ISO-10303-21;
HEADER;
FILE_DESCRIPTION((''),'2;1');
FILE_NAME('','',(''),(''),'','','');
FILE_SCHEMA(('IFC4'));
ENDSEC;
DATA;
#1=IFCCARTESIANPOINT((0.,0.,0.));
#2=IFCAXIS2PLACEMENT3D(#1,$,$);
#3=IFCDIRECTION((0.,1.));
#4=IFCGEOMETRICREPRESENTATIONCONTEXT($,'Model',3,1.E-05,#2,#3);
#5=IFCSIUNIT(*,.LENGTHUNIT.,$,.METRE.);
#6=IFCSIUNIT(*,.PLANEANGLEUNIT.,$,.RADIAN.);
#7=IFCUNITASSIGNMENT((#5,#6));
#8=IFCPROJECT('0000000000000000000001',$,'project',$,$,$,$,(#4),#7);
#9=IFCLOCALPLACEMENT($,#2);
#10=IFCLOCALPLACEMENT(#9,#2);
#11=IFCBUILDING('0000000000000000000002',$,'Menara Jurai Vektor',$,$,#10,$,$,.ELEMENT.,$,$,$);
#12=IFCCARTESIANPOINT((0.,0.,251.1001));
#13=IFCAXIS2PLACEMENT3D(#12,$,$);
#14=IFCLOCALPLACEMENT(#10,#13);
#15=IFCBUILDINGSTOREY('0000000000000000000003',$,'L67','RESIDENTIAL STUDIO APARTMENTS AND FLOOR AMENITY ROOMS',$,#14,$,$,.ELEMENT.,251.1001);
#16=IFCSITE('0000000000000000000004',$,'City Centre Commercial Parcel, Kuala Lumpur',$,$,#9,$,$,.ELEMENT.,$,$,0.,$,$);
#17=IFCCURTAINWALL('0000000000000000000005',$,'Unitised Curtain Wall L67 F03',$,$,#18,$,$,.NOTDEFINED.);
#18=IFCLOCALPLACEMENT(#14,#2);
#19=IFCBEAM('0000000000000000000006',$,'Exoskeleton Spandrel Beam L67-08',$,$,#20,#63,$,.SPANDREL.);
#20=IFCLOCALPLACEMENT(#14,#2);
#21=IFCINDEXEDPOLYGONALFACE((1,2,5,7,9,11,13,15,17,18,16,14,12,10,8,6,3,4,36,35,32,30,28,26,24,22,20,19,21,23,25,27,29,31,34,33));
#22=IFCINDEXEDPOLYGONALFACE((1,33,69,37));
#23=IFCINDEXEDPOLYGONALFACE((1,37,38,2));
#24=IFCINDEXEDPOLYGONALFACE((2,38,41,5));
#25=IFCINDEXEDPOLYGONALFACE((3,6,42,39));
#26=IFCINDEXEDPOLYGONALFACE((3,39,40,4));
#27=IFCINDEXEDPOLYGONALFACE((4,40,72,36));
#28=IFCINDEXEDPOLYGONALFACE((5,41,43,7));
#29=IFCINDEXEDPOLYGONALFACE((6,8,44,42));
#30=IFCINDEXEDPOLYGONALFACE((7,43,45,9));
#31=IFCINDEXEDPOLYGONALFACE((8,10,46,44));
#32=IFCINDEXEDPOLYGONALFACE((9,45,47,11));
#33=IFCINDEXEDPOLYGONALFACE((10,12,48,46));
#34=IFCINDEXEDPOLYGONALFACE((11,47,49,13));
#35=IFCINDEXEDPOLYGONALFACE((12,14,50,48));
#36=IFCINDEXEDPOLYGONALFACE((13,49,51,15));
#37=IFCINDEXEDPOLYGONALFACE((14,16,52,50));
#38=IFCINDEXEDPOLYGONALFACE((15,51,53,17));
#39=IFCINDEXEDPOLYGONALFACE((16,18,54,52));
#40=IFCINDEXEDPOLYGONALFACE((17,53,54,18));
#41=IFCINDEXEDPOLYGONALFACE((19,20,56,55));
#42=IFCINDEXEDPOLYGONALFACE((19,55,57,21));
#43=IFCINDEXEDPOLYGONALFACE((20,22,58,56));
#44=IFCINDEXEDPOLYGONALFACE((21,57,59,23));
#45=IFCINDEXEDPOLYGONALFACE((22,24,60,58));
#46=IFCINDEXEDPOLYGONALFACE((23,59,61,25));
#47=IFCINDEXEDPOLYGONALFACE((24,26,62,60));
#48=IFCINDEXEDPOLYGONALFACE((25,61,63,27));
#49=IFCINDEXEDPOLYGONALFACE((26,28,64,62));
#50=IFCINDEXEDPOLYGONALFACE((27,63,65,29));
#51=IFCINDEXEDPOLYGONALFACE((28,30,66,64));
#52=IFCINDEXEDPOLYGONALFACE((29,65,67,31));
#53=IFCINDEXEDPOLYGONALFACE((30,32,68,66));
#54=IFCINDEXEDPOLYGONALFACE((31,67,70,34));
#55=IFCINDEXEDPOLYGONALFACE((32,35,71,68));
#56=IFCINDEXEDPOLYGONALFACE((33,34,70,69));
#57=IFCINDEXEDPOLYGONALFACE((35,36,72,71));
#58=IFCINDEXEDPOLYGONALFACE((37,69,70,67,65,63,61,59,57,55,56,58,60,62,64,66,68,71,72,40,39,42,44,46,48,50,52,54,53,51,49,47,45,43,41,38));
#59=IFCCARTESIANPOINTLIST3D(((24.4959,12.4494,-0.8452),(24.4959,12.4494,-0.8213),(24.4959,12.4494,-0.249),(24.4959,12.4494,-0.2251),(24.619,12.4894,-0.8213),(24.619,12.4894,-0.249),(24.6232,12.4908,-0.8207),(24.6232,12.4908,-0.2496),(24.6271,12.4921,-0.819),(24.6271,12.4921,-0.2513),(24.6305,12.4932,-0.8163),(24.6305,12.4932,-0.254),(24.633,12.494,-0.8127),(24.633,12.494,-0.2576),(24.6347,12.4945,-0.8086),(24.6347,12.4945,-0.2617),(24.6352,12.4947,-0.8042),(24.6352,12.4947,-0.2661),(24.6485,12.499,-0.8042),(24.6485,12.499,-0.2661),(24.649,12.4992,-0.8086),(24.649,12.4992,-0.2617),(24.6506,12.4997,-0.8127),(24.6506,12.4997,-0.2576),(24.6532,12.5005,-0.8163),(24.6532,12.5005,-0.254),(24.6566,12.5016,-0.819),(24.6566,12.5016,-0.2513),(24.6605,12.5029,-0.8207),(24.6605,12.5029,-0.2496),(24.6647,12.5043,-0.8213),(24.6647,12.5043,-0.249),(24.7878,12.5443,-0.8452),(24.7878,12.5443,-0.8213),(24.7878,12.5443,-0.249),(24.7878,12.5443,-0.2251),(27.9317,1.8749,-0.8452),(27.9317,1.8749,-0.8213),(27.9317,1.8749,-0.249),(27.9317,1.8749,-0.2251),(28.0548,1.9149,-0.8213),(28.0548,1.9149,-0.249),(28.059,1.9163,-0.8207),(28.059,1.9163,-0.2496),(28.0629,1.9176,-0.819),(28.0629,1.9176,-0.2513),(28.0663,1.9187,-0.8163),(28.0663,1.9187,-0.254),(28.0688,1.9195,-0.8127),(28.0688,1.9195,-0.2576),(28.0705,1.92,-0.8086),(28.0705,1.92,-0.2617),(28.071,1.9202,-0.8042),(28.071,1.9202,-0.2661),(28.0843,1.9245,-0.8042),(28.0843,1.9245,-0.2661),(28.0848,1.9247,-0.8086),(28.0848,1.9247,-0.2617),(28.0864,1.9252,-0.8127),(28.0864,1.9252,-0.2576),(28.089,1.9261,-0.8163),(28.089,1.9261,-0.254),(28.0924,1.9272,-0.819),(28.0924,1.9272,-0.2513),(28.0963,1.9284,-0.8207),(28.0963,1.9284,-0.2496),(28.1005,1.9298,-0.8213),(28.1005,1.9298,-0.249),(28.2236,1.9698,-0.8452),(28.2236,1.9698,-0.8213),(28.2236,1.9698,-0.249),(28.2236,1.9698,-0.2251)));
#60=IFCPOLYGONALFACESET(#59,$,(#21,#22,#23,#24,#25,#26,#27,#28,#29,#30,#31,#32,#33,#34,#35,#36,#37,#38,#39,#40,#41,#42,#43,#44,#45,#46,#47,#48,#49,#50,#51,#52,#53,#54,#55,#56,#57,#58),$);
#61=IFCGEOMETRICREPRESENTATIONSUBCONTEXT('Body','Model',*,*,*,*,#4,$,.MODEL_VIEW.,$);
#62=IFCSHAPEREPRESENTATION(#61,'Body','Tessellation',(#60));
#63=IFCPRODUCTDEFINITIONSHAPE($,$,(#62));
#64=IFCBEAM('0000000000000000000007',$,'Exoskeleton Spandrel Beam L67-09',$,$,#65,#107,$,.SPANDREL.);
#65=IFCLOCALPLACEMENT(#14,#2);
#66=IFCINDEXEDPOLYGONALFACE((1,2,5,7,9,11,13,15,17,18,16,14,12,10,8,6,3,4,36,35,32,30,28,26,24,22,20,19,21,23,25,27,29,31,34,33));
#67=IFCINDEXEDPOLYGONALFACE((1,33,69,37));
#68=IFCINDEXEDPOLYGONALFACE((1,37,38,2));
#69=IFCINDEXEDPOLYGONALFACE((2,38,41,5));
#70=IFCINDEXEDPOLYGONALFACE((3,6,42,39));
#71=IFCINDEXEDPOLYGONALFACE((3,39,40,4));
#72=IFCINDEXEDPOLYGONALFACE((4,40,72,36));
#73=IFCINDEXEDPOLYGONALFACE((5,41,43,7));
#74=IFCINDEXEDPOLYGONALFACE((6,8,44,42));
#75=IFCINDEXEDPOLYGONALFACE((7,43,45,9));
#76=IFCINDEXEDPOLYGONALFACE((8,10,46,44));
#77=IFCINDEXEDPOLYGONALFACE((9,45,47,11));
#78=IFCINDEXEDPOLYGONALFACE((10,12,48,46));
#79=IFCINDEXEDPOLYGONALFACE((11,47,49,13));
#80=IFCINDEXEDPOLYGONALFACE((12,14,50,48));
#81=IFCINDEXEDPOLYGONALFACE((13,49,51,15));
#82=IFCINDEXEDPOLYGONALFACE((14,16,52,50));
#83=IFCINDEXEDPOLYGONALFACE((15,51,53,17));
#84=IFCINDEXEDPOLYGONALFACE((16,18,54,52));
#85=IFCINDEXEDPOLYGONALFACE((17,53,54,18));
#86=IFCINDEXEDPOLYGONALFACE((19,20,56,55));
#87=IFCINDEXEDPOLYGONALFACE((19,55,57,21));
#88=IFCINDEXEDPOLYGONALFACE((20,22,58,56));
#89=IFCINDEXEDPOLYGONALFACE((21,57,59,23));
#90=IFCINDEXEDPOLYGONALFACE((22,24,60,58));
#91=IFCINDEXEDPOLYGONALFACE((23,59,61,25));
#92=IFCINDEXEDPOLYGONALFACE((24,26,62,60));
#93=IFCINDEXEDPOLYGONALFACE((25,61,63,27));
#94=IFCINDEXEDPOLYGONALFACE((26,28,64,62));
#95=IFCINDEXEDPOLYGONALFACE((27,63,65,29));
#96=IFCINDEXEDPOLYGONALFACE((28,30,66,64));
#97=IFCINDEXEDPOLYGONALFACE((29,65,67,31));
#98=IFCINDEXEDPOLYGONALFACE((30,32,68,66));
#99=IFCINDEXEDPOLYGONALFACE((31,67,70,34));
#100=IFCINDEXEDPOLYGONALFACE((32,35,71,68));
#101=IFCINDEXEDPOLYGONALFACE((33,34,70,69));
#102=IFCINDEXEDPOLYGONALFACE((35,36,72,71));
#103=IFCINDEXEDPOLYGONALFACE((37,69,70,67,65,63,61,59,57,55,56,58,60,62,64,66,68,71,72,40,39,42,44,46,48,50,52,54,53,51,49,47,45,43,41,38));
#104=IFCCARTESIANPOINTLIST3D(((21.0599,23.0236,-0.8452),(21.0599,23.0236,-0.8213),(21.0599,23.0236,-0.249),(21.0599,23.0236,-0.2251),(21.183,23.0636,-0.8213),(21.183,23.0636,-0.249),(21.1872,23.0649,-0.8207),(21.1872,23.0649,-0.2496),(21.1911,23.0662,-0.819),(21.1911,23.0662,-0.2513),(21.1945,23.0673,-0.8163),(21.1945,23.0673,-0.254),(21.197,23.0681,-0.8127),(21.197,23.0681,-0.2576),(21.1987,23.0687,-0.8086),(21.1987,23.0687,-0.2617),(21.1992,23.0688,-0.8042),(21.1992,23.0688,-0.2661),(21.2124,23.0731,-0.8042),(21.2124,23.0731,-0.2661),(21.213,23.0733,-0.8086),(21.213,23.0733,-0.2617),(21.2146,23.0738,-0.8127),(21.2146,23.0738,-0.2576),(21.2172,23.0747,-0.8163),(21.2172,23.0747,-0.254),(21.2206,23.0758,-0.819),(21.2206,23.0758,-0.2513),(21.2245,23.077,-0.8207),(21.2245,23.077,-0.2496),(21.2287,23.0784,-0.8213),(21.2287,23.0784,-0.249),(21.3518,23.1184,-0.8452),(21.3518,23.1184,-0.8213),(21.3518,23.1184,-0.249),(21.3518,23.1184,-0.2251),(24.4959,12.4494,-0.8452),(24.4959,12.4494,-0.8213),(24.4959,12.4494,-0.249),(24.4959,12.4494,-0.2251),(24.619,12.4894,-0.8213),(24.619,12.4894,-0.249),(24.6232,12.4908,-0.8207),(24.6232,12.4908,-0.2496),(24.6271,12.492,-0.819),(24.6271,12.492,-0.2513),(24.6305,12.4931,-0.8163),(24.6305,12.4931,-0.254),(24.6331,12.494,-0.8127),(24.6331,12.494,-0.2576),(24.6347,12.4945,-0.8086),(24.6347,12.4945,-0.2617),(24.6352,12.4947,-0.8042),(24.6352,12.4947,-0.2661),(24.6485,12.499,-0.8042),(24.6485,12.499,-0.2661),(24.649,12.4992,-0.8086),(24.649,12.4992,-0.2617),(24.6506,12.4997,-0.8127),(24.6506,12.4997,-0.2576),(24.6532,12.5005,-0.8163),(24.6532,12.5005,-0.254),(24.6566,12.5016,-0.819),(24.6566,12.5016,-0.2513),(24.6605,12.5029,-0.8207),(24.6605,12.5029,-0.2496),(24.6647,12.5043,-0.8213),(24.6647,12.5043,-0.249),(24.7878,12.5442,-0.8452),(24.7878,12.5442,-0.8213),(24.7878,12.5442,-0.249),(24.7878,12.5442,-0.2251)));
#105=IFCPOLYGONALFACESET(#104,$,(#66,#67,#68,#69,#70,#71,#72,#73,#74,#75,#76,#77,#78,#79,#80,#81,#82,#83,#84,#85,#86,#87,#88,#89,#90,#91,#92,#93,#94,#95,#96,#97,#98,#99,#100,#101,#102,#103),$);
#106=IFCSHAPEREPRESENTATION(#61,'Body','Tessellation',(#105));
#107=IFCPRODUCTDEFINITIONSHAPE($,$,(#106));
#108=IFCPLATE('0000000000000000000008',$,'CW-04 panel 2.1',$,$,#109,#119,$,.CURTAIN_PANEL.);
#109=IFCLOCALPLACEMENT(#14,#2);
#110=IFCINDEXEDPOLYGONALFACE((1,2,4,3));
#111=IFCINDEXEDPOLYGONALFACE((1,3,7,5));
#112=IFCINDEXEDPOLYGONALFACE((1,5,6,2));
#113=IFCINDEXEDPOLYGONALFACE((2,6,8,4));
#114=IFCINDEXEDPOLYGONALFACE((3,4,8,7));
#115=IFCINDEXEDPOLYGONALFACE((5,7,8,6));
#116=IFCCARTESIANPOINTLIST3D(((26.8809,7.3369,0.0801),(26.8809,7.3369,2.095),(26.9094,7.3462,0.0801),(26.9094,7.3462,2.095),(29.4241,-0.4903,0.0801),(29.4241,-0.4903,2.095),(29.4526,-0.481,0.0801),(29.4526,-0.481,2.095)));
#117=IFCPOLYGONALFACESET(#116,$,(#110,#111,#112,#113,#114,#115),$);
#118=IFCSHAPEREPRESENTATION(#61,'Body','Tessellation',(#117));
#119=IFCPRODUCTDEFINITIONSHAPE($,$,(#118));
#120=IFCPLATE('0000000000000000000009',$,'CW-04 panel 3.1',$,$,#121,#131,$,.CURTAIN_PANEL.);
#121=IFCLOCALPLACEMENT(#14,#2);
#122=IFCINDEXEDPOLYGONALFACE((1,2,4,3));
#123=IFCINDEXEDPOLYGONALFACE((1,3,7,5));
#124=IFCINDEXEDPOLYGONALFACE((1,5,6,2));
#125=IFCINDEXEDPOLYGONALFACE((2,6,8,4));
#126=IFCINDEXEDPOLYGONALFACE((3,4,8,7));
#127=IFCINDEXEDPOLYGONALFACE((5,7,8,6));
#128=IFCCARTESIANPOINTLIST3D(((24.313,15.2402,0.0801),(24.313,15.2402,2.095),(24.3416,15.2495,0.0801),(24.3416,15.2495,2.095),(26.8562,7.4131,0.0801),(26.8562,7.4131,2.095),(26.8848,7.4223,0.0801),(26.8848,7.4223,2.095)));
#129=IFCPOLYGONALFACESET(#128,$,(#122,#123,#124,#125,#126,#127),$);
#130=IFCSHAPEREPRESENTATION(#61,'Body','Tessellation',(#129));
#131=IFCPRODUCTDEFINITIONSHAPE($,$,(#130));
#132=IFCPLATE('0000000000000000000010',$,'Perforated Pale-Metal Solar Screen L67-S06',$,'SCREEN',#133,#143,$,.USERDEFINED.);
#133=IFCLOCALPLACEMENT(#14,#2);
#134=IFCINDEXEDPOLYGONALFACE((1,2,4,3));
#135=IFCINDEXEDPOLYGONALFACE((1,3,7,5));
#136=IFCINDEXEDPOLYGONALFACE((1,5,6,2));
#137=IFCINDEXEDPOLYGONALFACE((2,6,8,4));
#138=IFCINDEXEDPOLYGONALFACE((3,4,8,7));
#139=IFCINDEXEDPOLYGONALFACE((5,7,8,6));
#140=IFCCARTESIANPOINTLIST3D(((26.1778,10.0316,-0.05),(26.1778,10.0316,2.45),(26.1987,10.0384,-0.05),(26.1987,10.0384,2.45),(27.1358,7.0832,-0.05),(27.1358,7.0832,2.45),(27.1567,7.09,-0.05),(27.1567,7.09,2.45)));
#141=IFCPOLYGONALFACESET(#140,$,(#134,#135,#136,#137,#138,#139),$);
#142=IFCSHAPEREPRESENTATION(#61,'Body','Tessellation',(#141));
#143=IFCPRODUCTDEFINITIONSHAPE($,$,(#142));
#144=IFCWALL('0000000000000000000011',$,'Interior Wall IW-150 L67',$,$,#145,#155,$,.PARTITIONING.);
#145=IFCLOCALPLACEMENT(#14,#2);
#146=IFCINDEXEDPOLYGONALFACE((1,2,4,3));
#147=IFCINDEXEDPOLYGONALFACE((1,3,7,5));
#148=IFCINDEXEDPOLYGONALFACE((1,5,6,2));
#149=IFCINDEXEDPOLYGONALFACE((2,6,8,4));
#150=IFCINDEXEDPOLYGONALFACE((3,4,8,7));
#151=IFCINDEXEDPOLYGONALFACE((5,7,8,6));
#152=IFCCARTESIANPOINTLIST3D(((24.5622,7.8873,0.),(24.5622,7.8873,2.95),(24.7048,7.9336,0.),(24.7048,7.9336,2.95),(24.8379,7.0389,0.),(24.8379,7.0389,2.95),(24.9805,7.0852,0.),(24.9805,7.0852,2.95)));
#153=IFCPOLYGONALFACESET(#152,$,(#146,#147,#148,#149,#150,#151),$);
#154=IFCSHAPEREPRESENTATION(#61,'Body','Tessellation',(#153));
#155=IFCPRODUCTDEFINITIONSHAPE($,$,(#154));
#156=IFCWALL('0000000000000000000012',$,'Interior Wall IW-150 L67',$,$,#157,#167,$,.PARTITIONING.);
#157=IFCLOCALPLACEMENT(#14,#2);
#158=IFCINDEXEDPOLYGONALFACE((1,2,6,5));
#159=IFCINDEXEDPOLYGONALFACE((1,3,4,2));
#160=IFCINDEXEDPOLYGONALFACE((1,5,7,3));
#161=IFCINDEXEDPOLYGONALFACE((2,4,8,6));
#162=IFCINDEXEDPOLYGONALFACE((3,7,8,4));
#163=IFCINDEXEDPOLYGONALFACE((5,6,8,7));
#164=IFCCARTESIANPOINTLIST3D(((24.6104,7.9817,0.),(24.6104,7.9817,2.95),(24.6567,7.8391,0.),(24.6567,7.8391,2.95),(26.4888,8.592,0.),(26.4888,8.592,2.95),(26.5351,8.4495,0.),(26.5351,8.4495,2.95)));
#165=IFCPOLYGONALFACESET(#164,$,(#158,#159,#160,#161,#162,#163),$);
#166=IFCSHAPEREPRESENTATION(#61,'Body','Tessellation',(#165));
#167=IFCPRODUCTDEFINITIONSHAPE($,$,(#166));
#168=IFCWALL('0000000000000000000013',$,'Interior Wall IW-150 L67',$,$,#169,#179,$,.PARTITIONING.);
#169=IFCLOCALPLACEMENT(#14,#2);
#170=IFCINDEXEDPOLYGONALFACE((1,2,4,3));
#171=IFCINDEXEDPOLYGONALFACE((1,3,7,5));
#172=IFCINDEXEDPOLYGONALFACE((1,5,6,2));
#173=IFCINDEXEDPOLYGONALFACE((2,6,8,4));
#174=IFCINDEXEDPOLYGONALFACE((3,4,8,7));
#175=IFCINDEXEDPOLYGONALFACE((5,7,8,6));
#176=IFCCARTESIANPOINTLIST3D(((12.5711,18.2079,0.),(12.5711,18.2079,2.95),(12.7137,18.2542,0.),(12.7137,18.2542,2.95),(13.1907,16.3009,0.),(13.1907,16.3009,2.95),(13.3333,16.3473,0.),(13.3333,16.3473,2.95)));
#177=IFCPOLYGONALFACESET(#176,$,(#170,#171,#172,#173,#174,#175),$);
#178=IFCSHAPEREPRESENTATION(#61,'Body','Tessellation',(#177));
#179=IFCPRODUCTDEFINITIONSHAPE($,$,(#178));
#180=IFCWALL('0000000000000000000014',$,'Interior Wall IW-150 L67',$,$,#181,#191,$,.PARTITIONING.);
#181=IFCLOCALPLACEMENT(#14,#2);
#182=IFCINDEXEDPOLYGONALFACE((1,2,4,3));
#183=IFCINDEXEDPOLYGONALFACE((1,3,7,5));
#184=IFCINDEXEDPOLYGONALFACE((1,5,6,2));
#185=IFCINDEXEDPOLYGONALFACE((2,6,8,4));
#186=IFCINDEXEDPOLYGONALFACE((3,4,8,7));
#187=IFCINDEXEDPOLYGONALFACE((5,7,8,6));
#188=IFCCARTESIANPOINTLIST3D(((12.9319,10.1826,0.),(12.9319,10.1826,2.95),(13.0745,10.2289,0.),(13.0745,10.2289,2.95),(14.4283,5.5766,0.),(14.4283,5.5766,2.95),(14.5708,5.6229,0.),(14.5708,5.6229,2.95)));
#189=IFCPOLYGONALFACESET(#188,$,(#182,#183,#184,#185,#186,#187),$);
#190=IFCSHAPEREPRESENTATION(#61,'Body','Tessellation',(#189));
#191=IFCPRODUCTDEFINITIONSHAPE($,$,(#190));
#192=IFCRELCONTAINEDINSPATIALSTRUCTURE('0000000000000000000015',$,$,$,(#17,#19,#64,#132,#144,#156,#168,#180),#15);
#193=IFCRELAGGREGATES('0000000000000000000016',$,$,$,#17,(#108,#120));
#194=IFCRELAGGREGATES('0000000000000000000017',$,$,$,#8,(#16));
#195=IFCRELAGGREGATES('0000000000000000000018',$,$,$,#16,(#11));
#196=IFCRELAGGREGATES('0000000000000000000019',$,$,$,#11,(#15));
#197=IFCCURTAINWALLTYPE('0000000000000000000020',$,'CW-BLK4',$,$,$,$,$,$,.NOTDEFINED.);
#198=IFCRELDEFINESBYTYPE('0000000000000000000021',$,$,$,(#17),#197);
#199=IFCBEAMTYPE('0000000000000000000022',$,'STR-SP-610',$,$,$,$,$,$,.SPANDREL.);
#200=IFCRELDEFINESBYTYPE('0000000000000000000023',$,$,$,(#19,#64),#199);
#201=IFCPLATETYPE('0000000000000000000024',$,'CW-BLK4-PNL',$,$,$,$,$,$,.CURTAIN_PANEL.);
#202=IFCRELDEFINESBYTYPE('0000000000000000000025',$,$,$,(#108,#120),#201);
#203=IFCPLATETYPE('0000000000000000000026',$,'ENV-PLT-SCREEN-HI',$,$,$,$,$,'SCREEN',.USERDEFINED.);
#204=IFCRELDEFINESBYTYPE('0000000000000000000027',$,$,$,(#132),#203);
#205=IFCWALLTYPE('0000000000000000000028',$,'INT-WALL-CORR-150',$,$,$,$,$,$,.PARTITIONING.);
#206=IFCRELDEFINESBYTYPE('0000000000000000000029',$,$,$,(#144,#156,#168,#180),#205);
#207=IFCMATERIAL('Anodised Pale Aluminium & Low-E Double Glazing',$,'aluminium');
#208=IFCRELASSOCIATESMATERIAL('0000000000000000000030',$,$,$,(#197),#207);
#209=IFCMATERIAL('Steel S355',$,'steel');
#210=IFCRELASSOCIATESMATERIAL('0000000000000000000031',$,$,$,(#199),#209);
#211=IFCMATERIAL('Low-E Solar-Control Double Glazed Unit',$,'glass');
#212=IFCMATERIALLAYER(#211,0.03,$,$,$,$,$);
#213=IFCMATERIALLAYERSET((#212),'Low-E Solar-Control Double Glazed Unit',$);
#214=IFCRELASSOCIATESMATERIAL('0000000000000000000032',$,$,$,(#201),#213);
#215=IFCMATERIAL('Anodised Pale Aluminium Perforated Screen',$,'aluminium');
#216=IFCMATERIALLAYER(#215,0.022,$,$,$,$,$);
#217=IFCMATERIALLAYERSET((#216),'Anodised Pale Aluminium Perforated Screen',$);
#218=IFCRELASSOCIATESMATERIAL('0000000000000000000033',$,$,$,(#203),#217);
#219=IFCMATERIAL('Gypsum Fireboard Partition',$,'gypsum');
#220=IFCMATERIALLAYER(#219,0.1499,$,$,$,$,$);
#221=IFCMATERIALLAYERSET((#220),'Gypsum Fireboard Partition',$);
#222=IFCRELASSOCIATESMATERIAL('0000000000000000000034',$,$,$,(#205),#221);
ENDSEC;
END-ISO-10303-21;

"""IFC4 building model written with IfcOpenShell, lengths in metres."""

from ifc_helpers import new_model, si_unit, direction, frame, frame_2d, origin, origin_2d, place, context, subcontext, project, spatial, rectangle, i_section, extrude, material, layer, layer_set, material_profile, profile_set, type_object, element, aggregate, save


model = new_model("IFC4")

# Units and contexts
model_context = context("Model", 3, precision=1e-05, world=origin(), true_north=direction((0.0, 1.0)))
body_context = subcontext(model_context, "Body", "Model", "MODEL_VIEW")
ifc_project = project(units=[si_unit("LENGTHUNIT", "METRE"), si_unit("PLANEANGLEUNIT", "RADIAN")], contexts=[model_context])

# Site, building, storey
site_placement = place(None, origin())
site = spatial("IfcSite", under=ifc_project, at=site_placement, Name="City Centre Commercial Parcel, Kuala Lumpur", CompositionType="ELEMENT", RefElevation=0.0)
building_placement = place(site_placement, origin())
building = spatial("IfcBuilding", under=site, at=building_placement, Name="Menara Jurai Vektor", CompositionType="ELEMENT")
storey_placement = place(building_placement, frame((0.0, 0.0, 251.1001)))
storey = spatial("IfcBuildingStorey", under=building, at=storey_placement, Name="L67", Description="RESIDENTIAL STUDIO APARTMENTS AND FLOOR AMENITY ROOMS", CompositionType="ELEMENT", Elevation=251.1001)

# Curtain wall
ifc_material_1 = material(Name="Anodised Pale Aluminium & Low-E Double Glazing", Category="aluminium")
curtain_wall_type = type_object("IfcCurtainWallType", Name="CW-BLK4", PredefinedType="NOTDEFINED", material=ifc_material_1)
curtain_wall_placement = place(storey_placement, origin())
curtain_wall = element("IfcCurtainWall", 1, at=curtain_wall_placement, inside=storey, type_object=curtain_wall_type, Name="Unitised Curtain Wall L67 F03", PredefinedType="NOTDEFINED")

# Beams
ifc_material_2 = material(Name="Steel S355", Category="steel")
ifc_material_profile_1 = material_profile(ifc_material_2, i_section(OverallWidth=0.3069, OverallDepth=0.6201, WebThickness=0.0139, FlangeThickness=0.0239, FilletRadius=0.0171, at=origin_2d()), Name="UKB 610x305x179")
ifc_profile_set_1 = profile_set([ifc_material_profile_1], Name="Steel S355")
beam_type_1 = type_object("IfcBeamType", Name="STR-SP-610", PredefinedType="SPANDREL", material=ifc_profile_set_1)
beam_1_placement = place(storey_placement, frame((28.0776, 1.9224, -0.5352), z_axis=(-0.309012, 0.951058, 0.0), x_axis=(-0.951058, -0.309012, 0.0)))
element("IfcBeam", 2, at=beam_1_placement, inside=storey, type_object=beam_type_1, Name="Exoskeleton Spandrel Beam L67-08", PredefinedType="SPANDREL", context=body_context, shape_type="SweptSolid", body=[
    extrude(i_section(OverallWidth=0.3069, OverallDepth=0.6201, WebThickness=0.0139, FlangeThickness=0.0239, FilletRadius=0.0171, at=origin_2d()), origin(), (0.0, 0.0, 1.0), 11.1187),
])
beam_2_placement = place(storey_placement, frame((24.6418, 12.4968, -0.5352), z_axis=(-0.309038, 0.95105, 0.0), x_axis=(-0.95105, -0.309038, 0.0)))
element("IfcBeam", 3, at=beam_2_placement, inside=storey, type_object=beam_type_1, Name="Exoskeleton Spandrel Beam L67-09", PredefinedType="SPANDREL", context=body_context, shape_type="SweptSolid", body=[
    extrude(i_section(OverallWidth=0.3069, OverallDepth=0.6201, WebThickness=0.0139, FlangeThickness=0.0239, FilletRadius=0.0171, at=origin_2d()), origin(), (0.0, 0.0, 1.0), 11.1184),
])

# Plates
ifc_material_3 = material(Name="Low-E Solar-Control Double Glazed Unit", Category="glass")
ifc_layer_1 = layer(ifc_material_3, 0.03)
ifc_layer_set_1 = layer_set([ifc_layer_1], Name="Low-E Solar-Control Double Glazed Unit")
plate_type_1 = type_object("IfcPlateType", Name="CW-BLK4-PNL", PredefinedType="CURTAIN_PANEL", material=ifc_layer_set_1)
plate_1_placement = place(storey_placement, frame((28.1667, 3.428, 0.0801), z_axis=(0.0, 0.0, 1.0), x_axis=(-0.309016, 0.951057, 0.0)))
plate_1 = element("IfcPlate", 4, at=plate_1_placement, type_object=plate_type_1, Name="CW-04 panel 2.1", PredefinedType="CURTAIN_PANEL", context=body_context, shape_type="SweptSolid", body=[
    extrude(rectangle(XDim=8.23, YDim=0.03, at=origin_2d()), origin(), (0.0, 0.0, 1.0), 2.0149),
])
plate_2_placement = place(storey_placement, frame((25.5989, 11.3313, 0.0801), z_axis=(0.0, 0.0, 1.0), x_axis=(-0.309016, 0.951057, 0.0)))
plate_2 = element("IfcPlate", 5, at=plate_2_placement, type_object=plate_type_1, Name="CW-04 panel 3.1", PredefinedType="CURTAIN_PANEL", context=body_context, shape_type="SweptSolid", body=[
    extrude(rectangle(XDim=8.23, YDim=0.03, at=origin_2d()), origin(), (0.0, 0.0, 1.0), 2.0149),
])
aggregate(curtain_wall, [plate_1, plate_2])
ifc_material_4 = material(Name="Anodised Pale Aluminium Perforated Screen", Category="aluminium")
ifc_layer_2 = layer(ifc_material_4, 0.022)
ifc_layer_set_2 = layer_set([ifc_layer_2], Name="Anodised Pale Aluminium Perforated Screen")
plate_type_2 = type_object("IfcPlateType", Name="ENV-PLT-SCREEN-HI", ElementType="SCREEN", PredefinedType="USERDEFINED", material=ifc_layer_set_2)
plate_3_placement = place(storey_placement, frame((26.6672, 8.5608, -0.05), z_axis=(0.0, 0.0, 1.0), x_axis=(-0.309017, 0.951057, 0.0)))
element("IfcPlate", 6, at=plate_3_placement, inside=storey, type_object=plate_type_2, Name="Perforated Pale-Metal Solar Screen L67-S06", ObjectType="SCREEN", PredefinedType="USERDEFINED", context=body_context, shape_type="SweptSolid", body=[
    extrude(rectangle(XDim=3.1001, YDim=0.022, at=origin_2d()), origin(), (0.0, 0.0, 1.0), 2.5),
])

# Walls
ifc_material_5 = material(Name="Gypsum Fireboard Partition", Category="gypsum")
ifc_layer_3 = layer(ifc_material_5, 0.1499)
ifc_layer_set_3 = layer_set([ifc_layer_3], Name="Gypsum Fireboard Partition")
wall_type_1 = type_object("IfcWallType", Name="INT-WALL-CORR-150", PredefinedType="PARTITIONING", material=ifc_layer_set_3)
wall_1_placement = place(storey_placement, frame((24.9092, 7.062, 0.0), z_axis=(0.0, 0.0, 1.0), x_axis=(-0.308993, 0.951064, 0.0)))
element("IfcWall", 7, at=wall_1_placement, inside=storey, type_object=wall_type_1, Name="Interior Wall IW-150 L67", PredefinedType="PARTITIONING", context=body_context, shape_type="SweptSolid", body=[
    extrude(rectangle(XDim=0.8921, YDim=0.1499, at=frame_2d((0.446, 0.0))), origin(), (0.0, 0.0, 1.0), 2.95),
])
wall_2_placement = place(storey_placement, frame((24.6335, 7.9104, 0.0), z_axis=(0.0, 0.0, 1.0), x_axis=(0.951054, 0.309025, 0.0)))
element("IfcWall", 8, at=wall_2_placement, inside=storey, type_object=wall_type_1, Name="Interior Wall IW-150 L67", PredefinedType="PARTITIONING", context=body_context, shape_type="SweptSolid", body=[
    extrude(rectangle(XDim=1.9751, YDim=0.1499, at=frame_2d((0.9875, 0.0))), origin(), (0.0, 0.0, 1.0), 2.95),
])
wall_3_placement = place(storey_placement, frame((13.262, 16.3242, 0.0), z_axis=(0.0, 0.0, 1.0), x_axis=(-0.309023, 0.951055, 0.0)))
element("IfcWall", 9, at=wall_3_placement, inside=storey, type_object=wall_type_1, Name="Interior Wall IW-150 L67", PredefinedType="PARTITIONING", context=body_context, shape_type="SweptSolid", body=[
    extrude(rectangle(XDim=2.0051, YDim=0.1499, at=frame_2d((1.0024, 0.0))), origin(), (0.0, 0.0, 1.0), 2.95),
])
wall_4_placement = place(storey_placement, frame((14.4995, 5.5999, 0.0), z_axis=(0.0, 0.0, 1.0), x_axis=(-0.308974, 0.95107, 0.0)))
element("IfcWall", 10, at=wall_4_placement, inside=storey, type_object=wall_type_1, Name="Interior Wall IW-150 L67", PredefinedType="PARTITIONING", context=body_context, shape_type="SweptSolid", body=[
    extrude(rectangle(XDim=4.843, YDim=0.1499, at=frame_2d((2.4214, 0.0))), origin(), (0.0, 0.0, 1.0), 2.95),
])

save(model, "model.ifc")
